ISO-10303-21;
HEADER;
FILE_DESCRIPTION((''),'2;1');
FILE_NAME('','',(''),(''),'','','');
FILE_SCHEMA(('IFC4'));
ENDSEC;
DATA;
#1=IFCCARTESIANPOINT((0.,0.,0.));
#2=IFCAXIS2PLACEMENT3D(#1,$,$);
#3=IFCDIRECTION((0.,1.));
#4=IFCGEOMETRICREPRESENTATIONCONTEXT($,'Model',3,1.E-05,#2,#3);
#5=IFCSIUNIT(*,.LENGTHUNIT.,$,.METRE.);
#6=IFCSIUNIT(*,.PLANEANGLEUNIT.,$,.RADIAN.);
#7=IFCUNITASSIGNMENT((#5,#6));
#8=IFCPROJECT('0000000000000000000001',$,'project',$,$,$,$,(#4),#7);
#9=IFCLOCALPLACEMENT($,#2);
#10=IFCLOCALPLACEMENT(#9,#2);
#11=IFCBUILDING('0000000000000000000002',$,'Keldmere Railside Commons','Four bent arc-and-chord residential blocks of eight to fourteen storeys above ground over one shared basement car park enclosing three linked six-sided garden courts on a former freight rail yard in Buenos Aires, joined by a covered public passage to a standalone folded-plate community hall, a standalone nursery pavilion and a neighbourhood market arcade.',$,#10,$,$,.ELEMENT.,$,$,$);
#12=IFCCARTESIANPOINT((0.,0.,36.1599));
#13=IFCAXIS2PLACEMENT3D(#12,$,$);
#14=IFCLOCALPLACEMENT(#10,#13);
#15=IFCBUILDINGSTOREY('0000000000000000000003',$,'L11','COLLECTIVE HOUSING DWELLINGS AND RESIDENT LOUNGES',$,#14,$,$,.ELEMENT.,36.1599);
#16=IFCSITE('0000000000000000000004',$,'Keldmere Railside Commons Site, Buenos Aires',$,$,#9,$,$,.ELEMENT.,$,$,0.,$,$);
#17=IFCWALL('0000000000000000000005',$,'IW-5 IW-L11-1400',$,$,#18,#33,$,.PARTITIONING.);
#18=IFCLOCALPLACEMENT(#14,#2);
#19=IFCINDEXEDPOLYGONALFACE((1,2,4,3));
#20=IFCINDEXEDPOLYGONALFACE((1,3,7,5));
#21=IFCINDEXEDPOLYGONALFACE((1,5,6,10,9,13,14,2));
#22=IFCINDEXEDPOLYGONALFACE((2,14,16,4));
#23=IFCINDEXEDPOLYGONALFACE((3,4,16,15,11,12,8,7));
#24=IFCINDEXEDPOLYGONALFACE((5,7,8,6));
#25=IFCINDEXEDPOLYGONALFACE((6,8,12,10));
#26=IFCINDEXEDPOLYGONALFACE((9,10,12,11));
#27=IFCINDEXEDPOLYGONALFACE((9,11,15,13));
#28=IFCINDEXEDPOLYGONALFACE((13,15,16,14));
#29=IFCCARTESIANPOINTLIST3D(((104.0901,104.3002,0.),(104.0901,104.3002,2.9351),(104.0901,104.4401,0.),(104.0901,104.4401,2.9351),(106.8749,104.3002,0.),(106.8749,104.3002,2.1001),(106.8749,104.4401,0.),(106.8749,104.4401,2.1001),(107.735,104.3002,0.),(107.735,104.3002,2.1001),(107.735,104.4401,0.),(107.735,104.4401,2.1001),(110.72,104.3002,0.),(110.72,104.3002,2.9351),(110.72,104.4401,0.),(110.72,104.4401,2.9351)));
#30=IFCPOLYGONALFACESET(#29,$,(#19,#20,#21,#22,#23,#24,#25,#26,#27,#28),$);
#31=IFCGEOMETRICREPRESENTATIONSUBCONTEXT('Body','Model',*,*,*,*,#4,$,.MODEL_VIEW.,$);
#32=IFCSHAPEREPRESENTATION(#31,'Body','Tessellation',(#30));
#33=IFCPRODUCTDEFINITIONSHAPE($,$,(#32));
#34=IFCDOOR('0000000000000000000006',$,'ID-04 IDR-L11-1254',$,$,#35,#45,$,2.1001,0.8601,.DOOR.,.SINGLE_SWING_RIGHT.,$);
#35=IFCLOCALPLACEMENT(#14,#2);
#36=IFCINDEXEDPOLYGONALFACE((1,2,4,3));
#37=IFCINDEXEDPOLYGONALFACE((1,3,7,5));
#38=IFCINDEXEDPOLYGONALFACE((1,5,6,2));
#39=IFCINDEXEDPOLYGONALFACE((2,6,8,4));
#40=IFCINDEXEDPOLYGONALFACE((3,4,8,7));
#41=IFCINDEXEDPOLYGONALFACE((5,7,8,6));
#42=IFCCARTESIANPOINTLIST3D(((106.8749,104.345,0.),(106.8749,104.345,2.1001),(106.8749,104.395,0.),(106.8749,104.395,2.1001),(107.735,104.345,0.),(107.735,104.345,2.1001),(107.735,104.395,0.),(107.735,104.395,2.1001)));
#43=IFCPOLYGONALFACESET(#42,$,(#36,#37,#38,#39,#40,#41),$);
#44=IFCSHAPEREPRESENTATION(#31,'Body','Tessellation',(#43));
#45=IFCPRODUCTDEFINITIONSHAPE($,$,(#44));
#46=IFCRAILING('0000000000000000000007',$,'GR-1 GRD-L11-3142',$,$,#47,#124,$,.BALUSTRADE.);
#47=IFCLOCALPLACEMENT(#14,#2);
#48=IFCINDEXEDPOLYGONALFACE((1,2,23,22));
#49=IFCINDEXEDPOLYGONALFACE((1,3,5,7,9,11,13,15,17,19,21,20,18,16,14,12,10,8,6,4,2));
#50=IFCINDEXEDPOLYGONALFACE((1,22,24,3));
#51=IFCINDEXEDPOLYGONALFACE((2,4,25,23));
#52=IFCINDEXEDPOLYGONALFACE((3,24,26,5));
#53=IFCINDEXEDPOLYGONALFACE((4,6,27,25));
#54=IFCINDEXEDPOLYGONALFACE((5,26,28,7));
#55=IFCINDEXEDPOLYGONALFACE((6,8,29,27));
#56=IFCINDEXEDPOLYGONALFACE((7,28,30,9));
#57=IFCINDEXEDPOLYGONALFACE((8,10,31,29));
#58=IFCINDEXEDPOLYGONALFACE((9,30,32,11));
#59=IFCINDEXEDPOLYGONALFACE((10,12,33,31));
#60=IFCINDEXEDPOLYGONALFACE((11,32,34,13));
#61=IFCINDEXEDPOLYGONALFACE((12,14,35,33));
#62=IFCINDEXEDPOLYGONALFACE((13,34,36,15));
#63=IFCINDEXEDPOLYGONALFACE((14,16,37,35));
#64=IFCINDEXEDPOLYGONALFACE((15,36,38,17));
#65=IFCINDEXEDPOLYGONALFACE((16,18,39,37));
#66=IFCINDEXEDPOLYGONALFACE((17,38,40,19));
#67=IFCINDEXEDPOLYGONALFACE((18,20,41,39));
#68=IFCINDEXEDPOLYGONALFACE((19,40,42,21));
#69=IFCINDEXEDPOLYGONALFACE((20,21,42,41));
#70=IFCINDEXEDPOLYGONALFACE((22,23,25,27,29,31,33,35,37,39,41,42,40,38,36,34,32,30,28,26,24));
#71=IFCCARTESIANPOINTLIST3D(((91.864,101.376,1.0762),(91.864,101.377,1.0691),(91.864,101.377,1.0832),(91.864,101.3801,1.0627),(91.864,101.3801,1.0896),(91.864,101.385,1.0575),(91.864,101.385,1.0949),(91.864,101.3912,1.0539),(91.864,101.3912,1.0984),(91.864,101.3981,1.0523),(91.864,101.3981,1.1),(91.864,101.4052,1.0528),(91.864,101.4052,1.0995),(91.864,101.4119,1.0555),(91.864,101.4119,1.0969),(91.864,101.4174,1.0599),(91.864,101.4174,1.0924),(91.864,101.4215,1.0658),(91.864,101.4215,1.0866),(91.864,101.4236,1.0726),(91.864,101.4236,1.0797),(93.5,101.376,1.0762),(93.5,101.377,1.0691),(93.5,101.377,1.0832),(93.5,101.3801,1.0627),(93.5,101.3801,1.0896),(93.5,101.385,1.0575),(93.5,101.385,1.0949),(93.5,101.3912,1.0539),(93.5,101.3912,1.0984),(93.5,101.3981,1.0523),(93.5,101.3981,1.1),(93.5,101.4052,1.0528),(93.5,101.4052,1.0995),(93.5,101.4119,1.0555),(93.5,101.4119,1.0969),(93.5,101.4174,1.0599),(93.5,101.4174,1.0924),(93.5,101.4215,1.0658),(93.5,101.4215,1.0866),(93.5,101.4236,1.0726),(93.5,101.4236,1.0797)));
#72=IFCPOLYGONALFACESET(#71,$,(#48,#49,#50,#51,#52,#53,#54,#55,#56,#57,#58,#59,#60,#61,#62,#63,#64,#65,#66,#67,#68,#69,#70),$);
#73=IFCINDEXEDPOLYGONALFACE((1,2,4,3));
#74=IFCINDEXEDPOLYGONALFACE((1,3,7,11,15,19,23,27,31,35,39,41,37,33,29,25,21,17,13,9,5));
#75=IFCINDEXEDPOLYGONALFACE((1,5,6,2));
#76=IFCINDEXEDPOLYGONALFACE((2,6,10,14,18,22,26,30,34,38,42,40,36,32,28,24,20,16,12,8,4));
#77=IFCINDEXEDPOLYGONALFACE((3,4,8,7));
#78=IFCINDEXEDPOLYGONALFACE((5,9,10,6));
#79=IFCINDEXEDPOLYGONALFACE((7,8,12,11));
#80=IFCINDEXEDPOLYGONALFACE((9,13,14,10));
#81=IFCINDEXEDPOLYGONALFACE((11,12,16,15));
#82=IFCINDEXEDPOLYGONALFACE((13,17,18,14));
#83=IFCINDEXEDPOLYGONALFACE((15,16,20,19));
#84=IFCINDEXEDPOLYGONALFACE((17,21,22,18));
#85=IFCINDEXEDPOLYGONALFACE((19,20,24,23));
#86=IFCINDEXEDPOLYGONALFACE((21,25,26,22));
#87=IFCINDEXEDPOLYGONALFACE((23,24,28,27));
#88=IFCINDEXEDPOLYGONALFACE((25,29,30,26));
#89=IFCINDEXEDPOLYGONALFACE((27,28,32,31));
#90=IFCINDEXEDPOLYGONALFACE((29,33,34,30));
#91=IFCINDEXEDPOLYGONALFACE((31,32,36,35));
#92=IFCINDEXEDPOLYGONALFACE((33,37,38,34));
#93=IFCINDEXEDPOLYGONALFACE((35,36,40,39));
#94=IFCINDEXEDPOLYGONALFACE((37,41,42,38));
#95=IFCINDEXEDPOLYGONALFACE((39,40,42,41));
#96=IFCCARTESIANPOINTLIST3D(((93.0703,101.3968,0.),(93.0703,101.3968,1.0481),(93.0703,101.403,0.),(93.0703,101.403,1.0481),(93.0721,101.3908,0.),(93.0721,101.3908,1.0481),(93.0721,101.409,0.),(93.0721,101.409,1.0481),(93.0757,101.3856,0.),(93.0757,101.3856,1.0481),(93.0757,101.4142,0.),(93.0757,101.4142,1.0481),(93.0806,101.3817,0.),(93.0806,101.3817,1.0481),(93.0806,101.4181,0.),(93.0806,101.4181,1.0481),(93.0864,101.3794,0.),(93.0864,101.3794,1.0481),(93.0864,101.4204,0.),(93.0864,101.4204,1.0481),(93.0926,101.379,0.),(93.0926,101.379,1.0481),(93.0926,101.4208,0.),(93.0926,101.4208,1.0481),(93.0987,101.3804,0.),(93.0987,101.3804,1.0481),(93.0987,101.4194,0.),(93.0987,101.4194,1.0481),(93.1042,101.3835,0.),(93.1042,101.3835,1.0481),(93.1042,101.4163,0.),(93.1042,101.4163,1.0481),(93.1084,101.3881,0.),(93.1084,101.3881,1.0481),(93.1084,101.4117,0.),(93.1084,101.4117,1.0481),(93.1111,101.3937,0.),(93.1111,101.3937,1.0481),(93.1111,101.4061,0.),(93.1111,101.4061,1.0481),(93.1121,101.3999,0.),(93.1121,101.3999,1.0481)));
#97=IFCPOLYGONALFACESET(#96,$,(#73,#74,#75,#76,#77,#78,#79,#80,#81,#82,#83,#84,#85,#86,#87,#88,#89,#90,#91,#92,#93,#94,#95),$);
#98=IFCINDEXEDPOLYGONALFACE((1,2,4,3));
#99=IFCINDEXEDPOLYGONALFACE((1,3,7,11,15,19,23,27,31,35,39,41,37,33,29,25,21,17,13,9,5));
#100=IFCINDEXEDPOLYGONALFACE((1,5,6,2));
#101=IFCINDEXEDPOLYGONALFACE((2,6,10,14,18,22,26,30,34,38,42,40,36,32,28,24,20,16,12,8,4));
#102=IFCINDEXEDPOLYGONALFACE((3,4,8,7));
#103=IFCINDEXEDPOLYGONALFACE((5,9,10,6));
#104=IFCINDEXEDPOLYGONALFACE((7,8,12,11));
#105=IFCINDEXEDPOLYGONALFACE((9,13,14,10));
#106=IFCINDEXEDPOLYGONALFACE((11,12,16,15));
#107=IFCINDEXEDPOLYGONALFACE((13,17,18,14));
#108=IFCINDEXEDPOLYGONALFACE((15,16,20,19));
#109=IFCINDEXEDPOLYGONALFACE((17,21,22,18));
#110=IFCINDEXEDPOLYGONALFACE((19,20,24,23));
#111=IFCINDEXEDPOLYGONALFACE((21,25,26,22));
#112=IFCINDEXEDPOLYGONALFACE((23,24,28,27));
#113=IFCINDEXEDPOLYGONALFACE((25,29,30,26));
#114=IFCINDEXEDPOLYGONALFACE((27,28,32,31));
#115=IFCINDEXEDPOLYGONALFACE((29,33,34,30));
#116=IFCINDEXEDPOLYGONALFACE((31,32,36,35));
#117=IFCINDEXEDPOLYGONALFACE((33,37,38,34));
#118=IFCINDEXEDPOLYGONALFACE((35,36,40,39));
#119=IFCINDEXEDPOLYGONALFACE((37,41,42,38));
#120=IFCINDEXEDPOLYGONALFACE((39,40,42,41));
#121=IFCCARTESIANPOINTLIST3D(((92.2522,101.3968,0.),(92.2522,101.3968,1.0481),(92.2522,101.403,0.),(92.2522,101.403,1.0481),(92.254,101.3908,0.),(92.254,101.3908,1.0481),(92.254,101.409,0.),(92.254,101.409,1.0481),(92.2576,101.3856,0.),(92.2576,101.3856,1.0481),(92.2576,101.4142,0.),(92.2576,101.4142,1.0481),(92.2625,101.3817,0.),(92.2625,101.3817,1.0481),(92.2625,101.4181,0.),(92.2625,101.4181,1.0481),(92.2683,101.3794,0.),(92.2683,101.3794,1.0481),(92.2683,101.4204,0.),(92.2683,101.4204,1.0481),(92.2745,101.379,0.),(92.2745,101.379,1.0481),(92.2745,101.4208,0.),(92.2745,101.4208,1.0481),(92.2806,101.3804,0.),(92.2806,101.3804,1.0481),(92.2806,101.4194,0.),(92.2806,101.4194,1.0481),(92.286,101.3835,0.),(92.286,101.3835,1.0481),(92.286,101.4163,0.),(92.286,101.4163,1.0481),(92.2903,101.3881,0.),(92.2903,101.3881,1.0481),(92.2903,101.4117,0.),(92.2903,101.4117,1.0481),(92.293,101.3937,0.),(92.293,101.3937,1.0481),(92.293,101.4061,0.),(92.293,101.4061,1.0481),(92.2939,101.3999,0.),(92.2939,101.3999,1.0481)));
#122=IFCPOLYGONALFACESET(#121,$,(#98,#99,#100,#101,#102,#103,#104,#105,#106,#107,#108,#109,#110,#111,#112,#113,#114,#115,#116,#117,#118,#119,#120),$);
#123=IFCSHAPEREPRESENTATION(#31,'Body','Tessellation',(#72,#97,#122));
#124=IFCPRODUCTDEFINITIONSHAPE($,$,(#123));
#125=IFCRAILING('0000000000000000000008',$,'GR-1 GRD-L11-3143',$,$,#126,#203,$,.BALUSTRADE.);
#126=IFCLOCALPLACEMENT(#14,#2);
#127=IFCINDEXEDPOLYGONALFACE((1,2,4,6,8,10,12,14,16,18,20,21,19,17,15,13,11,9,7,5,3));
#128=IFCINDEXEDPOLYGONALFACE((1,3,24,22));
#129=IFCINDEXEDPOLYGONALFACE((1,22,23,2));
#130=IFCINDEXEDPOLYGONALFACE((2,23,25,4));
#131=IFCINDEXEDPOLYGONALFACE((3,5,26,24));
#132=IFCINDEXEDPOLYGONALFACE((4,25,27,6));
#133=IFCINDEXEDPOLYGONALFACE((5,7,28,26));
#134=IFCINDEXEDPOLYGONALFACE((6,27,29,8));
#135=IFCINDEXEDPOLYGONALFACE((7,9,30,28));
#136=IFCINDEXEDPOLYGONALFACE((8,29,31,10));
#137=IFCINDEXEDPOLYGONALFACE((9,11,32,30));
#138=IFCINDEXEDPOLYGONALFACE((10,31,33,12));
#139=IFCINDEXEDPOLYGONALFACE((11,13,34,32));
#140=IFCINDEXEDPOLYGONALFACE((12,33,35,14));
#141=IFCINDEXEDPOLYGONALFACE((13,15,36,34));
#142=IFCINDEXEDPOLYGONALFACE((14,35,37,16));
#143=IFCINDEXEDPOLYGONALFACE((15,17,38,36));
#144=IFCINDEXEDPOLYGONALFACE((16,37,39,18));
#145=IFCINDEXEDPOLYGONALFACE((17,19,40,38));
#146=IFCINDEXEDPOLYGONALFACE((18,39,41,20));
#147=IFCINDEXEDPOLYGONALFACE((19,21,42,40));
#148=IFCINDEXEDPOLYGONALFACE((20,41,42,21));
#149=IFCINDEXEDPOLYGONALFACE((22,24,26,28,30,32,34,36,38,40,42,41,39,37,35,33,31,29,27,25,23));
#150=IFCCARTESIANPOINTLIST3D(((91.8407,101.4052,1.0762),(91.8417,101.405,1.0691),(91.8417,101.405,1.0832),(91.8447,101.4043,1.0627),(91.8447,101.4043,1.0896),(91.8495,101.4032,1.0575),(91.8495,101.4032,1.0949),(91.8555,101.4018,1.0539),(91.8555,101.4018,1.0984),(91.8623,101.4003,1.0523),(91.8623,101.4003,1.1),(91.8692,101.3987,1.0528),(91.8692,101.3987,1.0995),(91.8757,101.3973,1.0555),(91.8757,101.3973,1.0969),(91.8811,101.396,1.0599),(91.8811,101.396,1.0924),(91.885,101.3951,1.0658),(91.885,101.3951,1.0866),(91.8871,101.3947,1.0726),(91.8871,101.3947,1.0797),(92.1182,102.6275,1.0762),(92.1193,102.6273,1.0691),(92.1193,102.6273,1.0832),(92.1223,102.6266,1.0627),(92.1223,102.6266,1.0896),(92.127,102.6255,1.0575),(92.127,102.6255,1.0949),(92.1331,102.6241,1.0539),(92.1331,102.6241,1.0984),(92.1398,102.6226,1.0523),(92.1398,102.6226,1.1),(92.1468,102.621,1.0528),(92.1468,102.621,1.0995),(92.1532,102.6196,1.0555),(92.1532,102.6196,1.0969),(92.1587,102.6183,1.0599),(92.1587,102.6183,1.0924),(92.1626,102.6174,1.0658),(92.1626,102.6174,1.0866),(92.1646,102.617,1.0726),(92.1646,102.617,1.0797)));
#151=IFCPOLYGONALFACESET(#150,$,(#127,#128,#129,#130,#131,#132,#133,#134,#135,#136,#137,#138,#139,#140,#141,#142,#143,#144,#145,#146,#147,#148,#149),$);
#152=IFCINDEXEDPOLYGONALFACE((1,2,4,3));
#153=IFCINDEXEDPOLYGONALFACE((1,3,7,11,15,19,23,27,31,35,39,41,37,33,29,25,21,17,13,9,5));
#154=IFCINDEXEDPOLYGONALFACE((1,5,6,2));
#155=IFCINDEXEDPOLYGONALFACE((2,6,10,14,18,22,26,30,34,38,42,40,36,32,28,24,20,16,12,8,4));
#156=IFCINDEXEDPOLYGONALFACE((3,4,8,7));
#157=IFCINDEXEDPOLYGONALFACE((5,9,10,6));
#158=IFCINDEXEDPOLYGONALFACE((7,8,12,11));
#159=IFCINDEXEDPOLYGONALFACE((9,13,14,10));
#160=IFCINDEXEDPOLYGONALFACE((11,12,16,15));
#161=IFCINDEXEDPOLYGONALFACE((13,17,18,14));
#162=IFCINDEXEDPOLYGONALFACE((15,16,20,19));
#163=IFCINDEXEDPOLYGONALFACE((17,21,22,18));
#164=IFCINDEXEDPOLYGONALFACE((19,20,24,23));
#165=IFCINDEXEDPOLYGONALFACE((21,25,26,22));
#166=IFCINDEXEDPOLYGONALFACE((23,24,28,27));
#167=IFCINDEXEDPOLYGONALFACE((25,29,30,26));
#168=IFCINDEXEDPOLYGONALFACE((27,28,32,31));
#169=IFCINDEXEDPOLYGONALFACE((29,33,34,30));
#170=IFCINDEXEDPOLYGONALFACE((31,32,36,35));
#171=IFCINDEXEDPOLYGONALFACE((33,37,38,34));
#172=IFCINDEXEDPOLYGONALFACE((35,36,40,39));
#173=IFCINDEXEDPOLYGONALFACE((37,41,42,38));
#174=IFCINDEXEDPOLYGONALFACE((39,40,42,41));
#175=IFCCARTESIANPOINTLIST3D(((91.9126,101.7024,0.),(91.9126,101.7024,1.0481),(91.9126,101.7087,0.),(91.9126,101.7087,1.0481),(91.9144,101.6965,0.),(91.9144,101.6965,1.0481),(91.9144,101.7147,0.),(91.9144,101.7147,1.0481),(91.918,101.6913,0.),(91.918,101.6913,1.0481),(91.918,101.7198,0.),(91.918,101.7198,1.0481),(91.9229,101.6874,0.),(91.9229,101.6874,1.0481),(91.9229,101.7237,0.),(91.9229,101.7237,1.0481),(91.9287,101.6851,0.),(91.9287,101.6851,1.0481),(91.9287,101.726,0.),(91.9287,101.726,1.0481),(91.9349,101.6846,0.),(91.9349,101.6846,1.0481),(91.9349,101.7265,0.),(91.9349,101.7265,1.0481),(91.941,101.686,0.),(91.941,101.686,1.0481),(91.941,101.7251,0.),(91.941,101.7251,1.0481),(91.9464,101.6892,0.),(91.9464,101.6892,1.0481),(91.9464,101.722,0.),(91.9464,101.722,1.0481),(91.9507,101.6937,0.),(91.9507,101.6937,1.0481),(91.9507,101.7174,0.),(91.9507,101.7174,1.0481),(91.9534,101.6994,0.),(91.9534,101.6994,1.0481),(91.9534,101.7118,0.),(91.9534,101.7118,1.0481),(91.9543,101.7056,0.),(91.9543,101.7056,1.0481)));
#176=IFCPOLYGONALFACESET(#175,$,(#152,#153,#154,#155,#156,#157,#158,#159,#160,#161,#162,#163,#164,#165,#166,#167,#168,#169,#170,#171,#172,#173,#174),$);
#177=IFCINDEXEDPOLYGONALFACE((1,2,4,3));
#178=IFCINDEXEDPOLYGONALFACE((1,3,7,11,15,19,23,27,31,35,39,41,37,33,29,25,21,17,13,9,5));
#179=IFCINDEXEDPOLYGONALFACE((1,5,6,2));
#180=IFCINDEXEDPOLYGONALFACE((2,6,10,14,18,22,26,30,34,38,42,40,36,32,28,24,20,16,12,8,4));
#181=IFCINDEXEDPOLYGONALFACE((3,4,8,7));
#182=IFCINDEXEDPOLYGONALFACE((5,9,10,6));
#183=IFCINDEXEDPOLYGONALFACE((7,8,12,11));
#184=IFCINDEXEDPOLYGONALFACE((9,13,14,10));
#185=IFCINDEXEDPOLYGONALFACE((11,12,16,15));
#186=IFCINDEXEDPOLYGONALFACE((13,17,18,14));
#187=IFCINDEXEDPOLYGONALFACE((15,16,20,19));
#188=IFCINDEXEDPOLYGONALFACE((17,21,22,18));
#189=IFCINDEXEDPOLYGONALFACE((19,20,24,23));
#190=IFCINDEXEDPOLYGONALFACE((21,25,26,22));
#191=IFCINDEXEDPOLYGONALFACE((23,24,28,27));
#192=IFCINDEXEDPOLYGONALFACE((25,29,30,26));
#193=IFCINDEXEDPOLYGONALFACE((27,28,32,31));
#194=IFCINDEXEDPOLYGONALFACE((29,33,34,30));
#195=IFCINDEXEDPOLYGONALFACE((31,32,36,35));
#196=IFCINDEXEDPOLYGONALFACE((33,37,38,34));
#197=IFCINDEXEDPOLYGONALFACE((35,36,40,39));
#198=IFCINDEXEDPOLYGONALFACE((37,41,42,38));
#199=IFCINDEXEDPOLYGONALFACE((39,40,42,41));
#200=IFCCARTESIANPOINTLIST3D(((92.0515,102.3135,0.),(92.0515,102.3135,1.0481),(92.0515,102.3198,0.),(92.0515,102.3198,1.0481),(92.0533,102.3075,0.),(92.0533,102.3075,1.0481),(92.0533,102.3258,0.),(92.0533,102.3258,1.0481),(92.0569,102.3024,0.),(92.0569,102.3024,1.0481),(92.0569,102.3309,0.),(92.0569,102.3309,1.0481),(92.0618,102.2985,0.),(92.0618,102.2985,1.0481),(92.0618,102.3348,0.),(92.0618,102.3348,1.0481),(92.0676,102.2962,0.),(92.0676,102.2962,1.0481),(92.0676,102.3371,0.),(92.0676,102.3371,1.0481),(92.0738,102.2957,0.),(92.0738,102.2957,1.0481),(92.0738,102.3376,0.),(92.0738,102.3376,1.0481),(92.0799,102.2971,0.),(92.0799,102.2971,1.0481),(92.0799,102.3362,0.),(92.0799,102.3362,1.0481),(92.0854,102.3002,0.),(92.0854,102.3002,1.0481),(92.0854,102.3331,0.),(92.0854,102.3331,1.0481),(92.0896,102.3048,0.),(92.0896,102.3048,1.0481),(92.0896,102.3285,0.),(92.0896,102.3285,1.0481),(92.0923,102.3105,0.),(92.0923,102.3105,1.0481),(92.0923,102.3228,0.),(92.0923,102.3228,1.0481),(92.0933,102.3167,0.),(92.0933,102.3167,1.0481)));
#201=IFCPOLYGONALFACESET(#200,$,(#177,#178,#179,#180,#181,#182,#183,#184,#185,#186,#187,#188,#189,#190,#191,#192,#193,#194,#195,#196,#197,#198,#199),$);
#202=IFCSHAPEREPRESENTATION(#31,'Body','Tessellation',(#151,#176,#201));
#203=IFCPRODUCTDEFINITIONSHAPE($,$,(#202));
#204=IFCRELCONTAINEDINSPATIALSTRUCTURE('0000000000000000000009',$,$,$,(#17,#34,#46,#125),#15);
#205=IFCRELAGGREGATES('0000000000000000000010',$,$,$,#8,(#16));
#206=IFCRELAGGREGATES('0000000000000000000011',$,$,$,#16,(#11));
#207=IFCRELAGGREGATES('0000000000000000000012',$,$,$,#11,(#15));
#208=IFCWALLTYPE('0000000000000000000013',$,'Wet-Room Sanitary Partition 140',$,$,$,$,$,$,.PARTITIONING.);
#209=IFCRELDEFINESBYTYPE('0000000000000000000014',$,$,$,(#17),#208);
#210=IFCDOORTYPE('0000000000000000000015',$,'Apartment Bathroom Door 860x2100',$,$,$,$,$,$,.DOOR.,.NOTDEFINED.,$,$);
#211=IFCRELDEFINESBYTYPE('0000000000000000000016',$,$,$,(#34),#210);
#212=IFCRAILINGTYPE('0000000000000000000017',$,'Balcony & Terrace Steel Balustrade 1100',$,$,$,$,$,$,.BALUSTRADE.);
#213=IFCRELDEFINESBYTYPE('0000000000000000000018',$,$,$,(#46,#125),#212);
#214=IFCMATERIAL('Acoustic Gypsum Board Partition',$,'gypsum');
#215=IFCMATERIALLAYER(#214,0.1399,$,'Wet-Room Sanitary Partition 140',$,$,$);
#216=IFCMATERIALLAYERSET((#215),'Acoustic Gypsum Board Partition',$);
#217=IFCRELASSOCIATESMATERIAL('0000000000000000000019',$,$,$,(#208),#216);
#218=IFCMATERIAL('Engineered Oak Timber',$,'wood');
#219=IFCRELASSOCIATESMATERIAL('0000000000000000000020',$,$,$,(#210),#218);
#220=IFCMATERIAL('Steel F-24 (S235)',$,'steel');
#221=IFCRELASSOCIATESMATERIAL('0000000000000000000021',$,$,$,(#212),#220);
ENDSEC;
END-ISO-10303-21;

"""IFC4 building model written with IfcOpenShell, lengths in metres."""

from ifc_helpers import new_model, si_unit, direction, frame, frame_2d, origin, origin_2d, place, context, subcontext, project, spatial, rectangle, circle, extrude, material, layer, layer_set, type_object, element, fill, save


model = new_model("IFC4")

# Units and contexts
model_context = context("Model", 3, precision=1e-05, world=origin(), true_north=direction((0.0, 1.0)))
body_context = subcontext(model_context, "Body", "Model", "MODEL_VIEW")
ifc_project = project(units=[si_unit("LENGTHUNIT", "METRE"), si_unit("PLANEANGLEUNIT", "RADIAN")], contexts=[model_context])

# Site, building, storey
site_placement = place(None, origin())
site = spatial("IfcSite", under=ifc_project, at=site_placement, Name="Keldmere Railside Commons Site, Buenos Aires", CompositionType="ELEMENT", RefElevation=0.0)
building_placement = place(site_placement, origin())
building = spatial("IfcBuilding", under=site, at=building_placement, Name="Keldmere Railside Commons", Description="Four bent arc-and-chord residential blocks of eight to fourteen storeys above ground over one shared basement car park enclosing three linked six-sided garden courts on a former freight rail yard in Buenos Aires, joined by a covered public passage to a standalone folded-plate community hall, a standalone nursery pavilion and a neighbourhood market arcade.", CompositionType="ELEMENT")
storey_placement = place(building_placement, frame((0.0, 0.0, 36.1599)))
storey = spatial("IfcBuildingStorey", under=building, at=storey_placement, Name="L11", Description="COLLECTIVE HOUSING DWELLINGS AND RESIDENT LOUNGES", CompositionType="ELEMENT", Elevation=36.1599)

# Shared definitions
ifc_material_1 = material(Name="Acoustic Gypsum Board Partition", Category="gypsum")

# Shared definitions
ifc_material_2 = material(Name="Engineered Oak Timber", Category="wood")

# Wall, opening, door
ifc_layer_1 = layer(ifc_material_1, 0.1399, Name="Wet-Room Sanitary Partition 140")
ifc_layer_set_1 = layer_set([ifc_layer_1], Name="Acoustic Gypsum Board Partition")
wall_type_1 = type_object("IfcWallType", Name="Wet-Room Sanitary Partition 140", PredefinedType="PARTITIONING", material=ifc_layer_set_1)
wall_1_placement = place(storey_placement, frame((104.0901, 104.3701, 0.0), z_axis=(0.0, 0.0, 1.0), x_axis=(1.0, 0.0, 0.0)))
wall_1 = element("IfcWall", 1, at=wall_1_placement, inside=storey, type_object=wall_type_1, Name="IW-5 IW-L11-1400", PredefinedType="PARTITIONING", context=body_context, shape_type="SweptSolid", body=[
    extrude(rectangle(XDim=6.6299, YDim=0.1399, at=frame_2d((3.3149, 0.0))), origin(), (0.0, 0.0, 1.0), 2.9351),
])
opening_1_placement = place(wall_1_placement, frame((2.7847, 0.0, 0.0)))
opening_1 = element("IfcOpeningElement", 2, at=opening_1_placement, cuts=wall_1, PredefinedType="OPENING", context=body_context, shape_type="SweptSolid", body=[
    extrude(rectangle(XDim=0.8601, YDim=2.1001, at=frame_2d((0.4302, 1.05))), frame((0.0, 0.0798, 0.0), z_axis=(0.0, -1.0, 0.0), x_axis=(1.0, 0.0, 0.0)), (0.0, 0.0, 1.0), 0.1599),
])
door_type_1 = type_object("IfcDoorType", Name="Apartment Bathroom Door 860x2100", OperationType="NOTDEFINED", PredefinedType="DOOR", material=ifc_material_2)
door_1_placement = place(opening_1_placement, origin())
door_1 = element("IfcDoor", 3, at=door_1_placement, inside=storey, type_object=door_type_1, Name="ID-04 IDR-L11-1254", OperationType="SINGLE_SWING_RIGHT", OverallHeight=2.1001, OverallWidth=0.8601, PredefinedType="DOOR", context=body_context, shape_type="SweptSolid", body=[
    extrude(rectangle(XDim=0.8601, YDim=2.1001, at=frame_2d((0.4302, 1.05))), frame((0.0, 0.0249, 0.0), z_axis=(0.0, -1.0, 0.0), x_axis=(1.0, 0.0, 0.0)), (0.0, 0.0, 1.0), 0.05),
])
fill(opening_1, door_1)

# Railings
ifc_material_3 = material(Name="Steel F-24 (S235)", Category="steel")
railing_type = type_object("IfcRailingType", Name="Balcony & Terrace Steel Balustrade 1100", PredefinedType="BALUSTRADE", material=ifc_material_3)
railing_1_placement = place(storey_placement, frame((93.5, 101.3999, 0.0)))
element("IfcRailing", 4, at=railing_1_placement, inside=storey, type_object=railing_type, Name="GR-1 GRD-L11-3142", PredefinedType="BALUSTRADE", context=body_context, shape_type="SweptSolid", body=[
    extrude(circle(Radius=0.0239, at=origin_2d()), frame((0.0, 0.0, 1.0762), z_axis=(-1.0, 0.0, 0.0), x_axis=(0.0, -1.0, 0.0)), (0.0, 0.0, 1.0), 1.636),
    extrude(circle(Radius=0.021, at=origin_2d()), frame((-0.4089, 0.0, 0.0)), (0.0, 0.0, 1.0), 1.0481),
    extrude(circle(Radius=0.021, at=origin_2d()), frame((-1.2271, 0.0, 0.0)), (0.0, 0.0, 1.0), 1.0481),
])
railing_2_placement = place(storey_placement, frame((91.864, 101.3999, 0.0)))
element("IfcRailing", 5, at=railing_2_placement, inside=storey, type_object=railing_type, Name="GR-1 GRD-L11-3143", PredefinedType="BALUSTRADE", context=body_context, shape_type="SweptSolid", body=[
    extrude(circle(Radius=0.0239, at=origin_2d()), frame((0.0, 0.0, 1.0762), z_axis=(0.221444, 0.975173, 0.0), x_axis=(-0.975173, 0.221444, 0.0)), (0.0, 0.0, 1.0), 1.2534),
    extrude(circle(Radius=0.021, at=origin_2d()), frame((0.0693, 0.3057, 0.0)), (0.0, 0.0, 1.0), 1.0481),
    extrude(circle(Radius=0.021, at=origin_2d()), frame((0.2083, 0.9167, 0.0)), (0.0, 0.0, 1.0), 1.0481),
])

save(model, "model.ifc")
